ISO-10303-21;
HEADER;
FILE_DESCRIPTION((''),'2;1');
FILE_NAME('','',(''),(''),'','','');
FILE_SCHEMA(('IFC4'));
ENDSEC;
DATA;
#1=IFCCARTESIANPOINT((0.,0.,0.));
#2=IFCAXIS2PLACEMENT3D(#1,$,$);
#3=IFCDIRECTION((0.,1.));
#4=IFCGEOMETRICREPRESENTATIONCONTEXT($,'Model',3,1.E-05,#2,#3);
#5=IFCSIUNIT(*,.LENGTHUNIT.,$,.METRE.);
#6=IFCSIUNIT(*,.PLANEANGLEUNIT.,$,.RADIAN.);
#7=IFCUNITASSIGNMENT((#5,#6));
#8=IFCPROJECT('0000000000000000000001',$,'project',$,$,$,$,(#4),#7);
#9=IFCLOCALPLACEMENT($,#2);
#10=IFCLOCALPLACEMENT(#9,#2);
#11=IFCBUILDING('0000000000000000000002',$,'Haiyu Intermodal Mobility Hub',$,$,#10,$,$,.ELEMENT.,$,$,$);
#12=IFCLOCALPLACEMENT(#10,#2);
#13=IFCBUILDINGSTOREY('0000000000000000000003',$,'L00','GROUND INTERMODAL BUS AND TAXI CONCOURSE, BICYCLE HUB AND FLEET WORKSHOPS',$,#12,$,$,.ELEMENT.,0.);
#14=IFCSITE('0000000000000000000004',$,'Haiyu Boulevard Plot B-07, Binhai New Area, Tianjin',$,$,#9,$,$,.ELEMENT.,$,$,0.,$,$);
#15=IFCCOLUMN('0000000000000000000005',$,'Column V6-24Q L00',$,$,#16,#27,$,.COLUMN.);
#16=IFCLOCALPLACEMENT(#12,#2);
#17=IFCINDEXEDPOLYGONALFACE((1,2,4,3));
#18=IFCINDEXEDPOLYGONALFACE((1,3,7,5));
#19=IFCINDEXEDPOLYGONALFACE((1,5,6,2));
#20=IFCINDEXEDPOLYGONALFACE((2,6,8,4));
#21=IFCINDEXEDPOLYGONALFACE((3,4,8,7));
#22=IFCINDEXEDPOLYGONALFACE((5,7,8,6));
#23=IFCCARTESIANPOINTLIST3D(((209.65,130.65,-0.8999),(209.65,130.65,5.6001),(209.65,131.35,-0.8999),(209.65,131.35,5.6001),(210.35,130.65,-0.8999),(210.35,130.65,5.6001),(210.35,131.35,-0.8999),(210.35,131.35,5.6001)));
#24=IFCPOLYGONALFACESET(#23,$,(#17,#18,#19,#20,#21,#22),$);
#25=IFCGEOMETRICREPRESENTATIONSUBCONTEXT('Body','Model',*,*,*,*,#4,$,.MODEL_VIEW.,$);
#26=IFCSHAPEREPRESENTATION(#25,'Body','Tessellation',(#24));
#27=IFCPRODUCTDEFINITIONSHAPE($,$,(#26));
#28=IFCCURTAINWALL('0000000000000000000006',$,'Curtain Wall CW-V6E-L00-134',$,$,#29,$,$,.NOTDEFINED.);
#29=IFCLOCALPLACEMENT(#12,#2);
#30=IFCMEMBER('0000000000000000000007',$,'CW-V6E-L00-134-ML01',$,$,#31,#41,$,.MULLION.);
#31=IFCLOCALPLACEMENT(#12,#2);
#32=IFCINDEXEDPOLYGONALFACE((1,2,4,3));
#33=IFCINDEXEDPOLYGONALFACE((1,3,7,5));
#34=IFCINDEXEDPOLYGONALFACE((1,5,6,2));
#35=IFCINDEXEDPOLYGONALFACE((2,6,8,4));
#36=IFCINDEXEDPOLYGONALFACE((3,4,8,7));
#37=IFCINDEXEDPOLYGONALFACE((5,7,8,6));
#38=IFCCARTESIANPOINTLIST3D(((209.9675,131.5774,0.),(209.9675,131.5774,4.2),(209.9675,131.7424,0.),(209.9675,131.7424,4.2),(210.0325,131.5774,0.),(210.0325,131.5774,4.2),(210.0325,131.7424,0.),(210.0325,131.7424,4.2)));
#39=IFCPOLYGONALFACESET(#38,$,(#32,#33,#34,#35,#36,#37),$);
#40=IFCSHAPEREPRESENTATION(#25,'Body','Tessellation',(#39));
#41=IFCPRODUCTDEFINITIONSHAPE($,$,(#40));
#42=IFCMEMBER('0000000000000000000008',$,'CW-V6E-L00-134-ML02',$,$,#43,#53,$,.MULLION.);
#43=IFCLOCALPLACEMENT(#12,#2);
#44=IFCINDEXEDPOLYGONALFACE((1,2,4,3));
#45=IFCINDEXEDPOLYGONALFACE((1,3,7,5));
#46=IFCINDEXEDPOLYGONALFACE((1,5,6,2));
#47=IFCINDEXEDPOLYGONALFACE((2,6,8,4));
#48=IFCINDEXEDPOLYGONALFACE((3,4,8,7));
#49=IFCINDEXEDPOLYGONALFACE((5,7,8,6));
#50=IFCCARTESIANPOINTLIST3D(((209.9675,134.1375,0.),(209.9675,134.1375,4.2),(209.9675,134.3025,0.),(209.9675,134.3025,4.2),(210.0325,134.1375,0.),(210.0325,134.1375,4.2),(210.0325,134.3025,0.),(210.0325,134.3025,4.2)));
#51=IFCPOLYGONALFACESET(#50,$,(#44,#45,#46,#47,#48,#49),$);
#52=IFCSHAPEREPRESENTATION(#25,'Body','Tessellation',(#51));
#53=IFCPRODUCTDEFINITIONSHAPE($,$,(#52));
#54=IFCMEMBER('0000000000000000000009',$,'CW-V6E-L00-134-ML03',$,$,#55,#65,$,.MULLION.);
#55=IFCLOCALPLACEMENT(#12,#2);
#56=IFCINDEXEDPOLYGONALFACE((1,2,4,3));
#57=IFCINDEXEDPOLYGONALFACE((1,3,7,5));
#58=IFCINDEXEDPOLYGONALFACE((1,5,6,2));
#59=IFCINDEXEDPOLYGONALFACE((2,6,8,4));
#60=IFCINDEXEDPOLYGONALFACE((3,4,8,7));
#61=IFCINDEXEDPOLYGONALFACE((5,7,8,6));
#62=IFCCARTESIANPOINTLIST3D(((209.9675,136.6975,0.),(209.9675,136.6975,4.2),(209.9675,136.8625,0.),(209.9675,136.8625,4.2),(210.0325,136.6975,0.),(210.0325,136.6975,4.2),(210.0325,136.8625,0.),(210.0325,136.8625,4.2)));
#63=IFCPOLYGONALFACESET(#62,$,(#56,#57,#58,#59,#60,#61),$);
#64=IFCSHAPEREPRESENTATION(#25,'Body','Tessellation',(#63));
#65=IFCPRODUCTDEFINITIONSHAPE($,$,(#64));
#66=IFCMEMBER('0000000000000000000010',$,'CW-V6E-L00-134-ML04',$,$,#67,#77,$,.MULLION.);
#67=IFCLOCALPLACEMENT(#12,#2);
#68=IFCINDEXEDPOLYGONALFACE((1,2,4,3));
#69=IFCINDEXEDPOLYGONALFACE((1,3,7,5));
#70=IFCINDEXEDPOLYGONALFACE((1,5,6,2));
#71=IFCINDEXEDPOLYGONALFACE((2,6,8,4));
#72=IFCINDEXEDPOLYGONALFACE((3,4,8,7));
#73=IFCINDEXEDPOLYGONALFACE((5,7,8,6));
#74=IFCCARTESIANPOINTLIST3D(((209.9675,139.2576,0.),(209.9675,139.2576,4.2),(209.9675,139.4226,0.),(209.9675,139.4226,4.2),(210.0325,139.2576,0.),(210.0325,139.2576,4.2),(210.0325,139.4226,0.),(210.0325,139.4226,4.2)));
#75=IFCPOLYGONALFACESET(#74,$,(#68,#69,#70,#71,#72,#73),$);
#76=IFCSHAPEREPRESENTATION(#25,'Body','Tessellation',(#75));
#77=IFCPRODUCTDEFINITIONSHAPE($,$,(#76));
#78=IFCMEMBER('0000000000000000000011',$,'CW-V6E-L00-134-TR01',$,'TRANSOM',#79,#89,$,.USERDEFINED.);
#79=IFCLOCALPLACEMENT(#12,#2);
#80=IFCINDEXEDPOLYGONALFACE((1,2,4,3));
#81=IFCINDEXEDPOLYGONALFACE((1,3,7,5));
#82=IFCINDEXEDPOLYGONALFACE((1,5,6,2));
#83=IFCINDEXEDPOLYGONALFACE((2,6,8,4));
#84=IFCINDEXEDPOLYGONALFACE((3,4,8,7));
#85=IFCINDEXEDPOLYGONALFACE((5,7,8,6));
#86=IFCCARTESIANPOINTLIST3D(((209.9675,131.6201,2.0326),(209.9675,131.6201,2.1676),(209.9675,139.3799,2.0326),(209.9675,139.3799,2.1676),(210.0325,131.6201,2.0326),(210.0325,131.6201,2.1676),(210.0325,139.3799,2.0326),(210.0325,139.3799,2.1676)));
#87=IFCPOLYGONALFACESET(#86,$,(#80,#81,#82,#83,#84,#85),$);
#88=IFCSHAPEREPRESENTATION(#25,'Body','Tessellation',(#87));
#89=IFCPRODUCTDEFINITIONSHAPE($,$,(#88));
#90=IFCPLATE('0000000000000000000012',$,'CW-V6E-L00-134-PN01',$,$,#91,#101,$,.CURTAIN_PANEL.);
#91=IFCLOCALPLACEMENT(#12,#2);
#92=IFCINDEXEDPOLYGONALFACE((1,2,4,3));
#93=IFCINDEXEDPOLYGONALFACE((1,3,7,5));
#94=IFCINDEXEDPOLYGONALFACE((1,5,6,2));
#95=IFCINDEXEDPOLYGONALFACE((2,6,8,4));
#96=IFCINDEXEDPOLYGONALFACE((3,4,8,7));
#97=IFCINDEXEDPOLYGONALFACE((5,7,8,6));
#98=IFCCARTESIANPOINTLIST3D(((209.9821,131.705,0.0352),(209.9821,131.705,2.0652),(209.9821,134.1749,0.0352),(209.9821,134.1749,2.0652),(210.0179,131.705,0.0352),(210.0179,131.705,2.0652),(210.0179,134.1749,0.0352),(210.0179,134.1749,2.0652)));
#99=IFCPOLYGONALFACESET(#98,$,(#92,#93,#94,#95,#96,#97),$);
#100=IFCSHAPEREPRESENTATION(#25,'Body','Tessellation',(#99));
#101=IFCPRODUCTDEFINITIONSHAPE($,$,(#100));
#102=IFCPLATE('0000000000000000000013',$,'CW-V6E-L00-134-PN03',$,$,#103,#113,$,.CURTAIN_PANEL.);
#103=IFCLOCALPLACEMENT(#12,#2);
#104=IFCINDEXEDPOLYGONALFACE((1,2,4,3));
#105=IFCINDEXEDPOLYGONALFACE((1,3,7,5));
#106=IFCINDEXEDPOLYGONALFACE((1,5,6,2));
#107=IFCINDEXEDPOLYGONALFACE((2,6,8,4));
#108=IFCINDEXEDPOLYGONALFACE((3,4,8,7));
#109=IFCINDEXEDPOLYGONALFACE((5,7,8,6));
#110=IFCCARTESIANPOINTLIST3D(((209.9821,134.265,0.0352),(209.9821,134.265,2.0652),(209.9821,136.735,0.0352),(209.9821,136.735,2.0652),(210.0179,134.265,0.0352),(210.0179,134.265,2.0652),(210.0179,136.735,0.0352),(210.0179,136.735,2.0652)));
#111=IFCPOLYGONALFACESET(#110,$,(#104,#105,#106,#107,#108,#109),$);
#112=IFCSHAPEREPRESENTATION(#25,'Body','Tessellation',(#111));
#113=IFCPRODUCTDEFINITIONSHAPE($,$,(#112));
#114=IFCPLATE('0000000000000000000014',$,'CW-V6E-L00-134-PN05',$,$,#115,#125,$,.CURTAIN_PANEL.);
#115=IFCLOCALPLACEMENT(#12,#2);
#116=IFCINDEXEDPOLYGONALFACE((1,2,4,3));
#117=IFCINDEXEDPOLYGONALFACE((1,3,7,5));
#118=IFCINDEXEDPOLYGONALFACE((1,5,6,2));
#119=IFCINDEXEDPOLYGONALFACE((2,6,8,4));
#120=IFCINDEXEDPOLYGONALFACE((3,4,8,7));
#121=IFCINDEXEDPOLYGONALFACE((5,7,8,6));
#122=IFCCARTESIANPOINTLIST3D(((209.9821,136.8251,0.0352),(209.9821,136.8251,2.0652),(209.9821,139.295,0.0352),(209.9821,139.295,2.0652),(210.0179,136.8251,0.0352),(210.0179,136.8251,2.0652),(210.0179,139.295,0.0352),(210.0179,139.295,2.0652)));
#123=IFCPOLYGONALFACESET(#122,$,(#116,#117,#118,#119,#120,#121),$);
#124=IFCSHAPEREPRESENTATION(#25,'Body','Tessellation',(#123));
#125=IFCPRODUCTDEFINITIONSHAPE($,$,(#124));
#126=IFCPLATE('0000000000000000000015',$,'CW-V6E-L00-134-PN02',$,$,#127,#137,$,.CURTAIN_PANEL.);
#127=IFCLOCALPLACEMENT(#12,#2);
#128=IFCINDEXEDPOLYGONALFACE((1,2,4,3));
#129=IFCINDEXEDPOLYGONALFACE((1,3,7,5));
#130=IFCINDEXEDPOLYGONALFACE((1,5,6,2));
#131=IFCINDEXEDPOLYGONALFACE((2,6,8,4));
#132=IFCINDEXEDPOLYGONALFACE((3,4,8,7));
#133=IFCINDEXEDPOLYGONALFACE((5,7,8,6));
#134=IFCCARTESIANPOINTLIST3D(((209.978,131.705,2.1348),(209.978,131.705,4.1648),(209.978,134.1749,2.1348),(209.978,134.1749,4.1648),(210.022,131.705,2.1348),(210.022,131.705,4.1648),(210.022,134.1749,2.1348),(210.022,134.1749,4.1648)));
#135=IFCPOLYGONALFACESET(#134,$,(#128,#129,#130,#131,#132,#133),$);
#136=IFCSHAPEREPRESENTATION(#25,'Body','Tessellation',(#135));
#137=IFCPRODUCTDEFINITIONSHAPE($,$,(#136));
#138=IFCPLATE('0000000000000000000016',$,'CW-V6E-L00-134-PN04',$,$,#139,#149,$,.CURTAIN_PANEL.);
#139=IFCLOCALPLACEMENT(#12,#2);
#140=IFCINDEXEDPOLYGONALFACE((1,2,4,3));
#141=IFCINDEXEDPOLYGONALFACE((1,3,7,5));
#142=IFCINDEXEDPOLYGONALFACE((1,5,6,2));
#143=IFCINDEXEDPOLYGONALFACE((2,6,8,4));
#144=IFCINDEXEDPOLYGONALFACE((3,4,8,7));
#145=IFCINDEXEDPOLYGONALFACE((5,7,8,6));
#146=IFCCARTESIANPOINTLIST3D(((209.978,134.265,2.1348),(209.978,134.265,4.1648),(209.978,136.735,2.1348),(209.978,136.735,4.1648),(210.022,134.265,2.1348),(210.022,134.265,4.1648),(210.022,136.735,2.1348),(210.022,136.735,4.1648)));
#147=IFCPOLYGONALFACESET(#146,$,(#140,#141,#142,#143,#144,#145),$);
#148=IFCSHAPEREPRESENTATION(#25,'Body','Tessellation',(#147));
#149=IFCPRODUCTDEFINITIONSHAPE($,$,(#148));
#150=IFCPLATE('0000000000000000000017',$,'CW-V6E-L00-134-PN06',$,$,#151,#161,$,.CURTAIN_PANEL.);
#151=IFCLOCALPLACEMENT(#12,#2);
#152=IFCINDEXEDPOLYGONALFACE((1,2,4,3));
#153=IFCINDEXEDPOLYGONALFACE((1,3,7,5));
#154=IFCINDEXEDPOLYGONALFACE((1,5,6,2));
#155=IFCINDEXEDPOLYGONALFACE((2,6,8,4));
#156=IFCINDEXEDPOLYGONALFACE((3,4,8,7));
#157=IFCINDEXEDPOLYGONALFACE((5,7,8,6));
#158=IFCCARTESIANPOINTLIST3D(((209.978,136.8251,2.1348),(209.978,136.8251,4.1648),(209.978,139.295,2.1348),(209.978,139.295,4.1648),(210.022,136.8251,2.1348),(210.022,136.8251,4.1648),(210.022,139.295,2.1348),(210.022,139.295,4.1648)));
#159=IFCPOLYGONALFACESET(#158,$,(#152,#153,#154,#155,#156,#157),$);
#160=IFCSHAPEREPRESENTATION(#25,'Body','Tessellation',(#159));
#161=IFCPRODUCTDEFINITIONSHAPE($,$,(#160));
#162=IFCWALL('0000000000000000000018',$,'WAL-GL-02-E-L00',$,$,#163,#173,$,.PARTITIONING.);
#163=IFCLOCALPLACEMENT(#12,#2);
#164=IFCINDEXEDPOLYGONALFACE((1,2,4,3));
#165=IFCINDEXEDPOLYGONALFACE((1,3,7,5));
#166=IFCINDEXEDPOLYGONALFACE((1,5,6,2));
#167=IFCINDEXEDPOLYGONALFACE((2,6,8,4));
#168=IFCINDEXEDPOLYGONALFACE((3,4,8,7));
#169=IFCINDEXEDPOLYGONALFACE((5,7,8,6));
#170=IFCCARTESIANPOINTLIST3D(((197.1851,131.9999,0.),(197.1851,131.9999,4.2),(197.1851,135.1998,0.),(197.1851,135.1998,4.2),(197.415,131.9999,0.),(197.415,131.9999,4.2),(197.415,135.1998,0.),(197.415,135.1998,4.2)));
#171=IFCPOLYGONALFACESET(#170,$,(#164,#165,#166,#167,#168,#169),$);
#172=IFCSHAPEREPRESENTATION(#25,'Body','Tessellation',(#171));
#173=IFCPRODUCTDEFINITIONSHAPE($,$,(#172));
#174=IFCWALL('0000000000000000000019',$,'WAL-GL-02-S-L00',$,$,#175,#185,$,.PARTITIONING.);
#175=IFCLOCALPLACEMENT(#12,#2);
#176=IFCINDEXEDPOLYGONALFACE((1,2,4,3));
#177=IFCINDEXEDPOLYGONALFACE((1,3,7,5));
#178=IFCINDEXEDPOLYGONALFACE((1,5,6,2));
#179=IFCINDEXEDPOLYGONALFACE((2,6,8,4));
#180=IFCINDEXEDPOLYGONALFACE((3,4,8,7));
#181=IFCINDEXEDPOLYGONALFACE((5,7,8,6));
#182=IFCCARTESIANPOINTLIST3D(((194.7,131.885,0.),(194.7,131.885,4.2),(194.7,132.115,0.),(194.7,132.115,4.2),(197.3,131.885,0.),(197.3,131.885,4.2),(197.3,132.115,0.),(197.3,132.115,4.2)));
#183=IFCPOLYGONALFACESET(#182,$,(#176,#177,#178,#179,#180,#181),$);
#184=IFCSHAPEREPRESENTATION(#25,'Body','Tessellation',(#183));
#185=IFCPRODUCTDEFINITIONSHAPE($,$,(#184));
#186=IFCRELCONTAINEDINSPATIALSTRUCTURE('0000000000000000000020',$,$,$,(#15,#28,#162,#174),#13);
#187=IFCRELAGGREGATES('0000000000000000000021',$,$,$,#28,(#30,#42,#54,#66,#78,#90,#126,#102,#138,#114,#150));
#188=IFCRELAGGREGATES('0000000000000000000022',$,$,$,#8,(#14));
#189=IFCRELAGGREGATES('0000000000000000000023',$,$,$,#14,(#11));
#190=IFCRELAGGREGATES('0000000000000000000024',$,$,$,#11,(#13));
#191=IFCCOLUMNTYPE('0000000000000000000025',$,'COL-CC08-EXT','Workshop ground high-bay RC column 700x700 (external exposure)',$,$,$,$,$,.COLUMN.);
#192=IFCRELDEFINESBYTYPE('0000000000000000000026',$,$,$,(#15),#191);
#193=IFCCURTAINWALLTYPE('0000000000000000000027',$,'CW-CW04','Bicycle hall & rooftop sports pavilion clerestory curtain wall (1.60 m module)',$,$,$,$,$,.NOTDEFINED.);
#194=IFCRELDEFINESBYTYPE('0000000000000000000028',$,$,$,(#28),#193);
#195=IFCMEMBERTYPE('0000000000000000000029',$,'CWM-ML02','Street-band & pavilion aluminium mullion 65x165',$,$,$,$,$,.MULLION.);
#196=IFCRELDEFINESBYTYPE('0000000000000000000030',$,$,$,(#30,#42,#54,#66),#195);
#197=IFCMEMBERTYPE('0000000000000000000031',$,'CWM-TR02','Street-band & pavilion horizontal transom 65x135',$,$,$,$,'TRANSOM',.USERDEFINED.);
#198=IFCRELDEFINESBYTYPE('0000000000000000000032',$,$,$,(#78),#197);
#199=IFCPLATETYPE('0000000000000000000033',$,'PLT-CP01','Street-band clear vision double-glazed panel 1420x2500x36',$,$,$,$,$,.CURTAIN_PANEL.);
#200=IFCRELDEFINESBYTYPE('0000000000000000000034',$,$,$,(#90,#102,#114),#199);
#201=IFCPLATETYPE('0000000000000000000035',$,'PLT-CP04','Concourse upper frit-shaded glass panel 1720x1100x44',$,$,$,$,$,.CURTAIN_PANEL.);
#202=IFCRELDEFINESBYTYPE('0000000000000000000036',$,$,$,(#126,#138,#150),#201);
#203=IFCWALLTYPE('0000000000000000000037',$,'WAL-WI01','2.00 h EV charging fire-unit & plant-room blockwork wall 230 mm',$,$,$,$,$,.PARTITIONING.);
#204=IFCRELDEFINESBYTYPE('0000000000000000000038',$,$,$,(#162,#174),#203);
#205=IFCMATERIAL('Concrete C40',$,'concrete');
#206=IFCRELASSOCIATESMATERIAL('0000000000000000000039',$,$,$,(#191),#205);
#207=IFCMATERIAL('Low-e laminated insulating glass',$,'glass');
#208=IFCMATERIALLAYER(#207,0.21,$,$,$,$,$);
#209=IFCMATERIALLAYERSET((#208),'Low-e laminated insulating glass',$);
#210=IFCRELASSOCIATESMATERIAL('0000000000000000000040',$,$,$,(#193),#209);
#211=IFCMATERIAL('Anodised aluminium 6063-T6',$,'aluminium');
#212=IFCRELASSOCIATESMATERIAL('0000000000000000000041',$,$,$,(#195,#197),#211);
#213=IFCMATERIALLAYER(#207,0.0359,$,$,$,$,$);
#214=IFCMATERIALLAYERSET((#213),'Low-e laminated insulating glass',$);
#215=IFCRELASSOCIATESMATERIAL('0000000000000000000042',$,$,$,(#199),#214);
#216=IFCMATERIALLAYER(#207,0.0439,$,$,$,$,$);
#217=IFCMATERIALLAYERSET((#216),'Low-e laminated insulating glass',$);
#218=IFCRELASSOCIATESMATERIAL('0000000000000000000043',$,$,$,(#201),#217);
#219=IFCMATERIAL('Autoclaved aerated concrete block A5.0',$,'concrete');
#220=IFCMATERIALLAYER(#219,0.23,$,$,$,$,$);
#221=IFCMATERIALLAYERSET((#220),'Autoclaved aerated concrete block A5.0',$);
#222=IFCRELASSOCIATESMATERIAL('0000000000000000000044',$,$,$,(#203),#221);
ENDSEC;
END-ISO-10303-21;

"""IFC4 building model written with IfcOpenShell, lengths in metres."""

from ifc_helpers import new_model, si_unit, direction, frame, frame_2d, origin, origin_2d, place, context, subcontext, project, spatial, rectangle, extrude, material, layer, layer_set, material_profile, profile_set, type_object, element, aggregate, save


model = new_model("IFC4")

# Units and contexts
model_context = context("Model", 3, precision=1e-05, world=origin(), true_north=direction((0.0, 1.0)))
body_context = subcontext(model_context, "Body", "Model", "MODEL_VIEW")
ifc_project = project(units=[si_unit("LENGTHUNIT", "METRE"), si_unit("PLANEANGLEUNIT", "RADIAN")], contexts=[model_context])

# Site, building, storey
site_placement = place(None, origin())
site = spatial("IfcSite", under=ifc_project, at=site_placement, Name="Haiyu Boulevard Plot B-07, Binhai New Area, Tianjin", CompositionType="ELEMENT", RefElevation=0.0)
building_placement = place(site_placement, origin())
building = spatial("IfcBuilding", under=site, at=building_placement, Name="Haiyu Intermodal Mobility Hub", CompositionType="ELEMENT")
storey_placement = place(building_placement, origin())
storey = spatial("IfcBuildingStorey", under=building, at=storey_placement, Name="L00", Description="GROUND INTERMODAL BUS AND TAXI CONCOURSE, BICYCLE HUB AND FLEET WORKSHOPS", CompositionType="ELEMENT", Elevation=0.0)

# Shared definitions
ifc_material_1 = material(Name="Concrete C40", Category="concrete")

# Column
ifc_material_profile_1 = material_profile(ifc_material_1, rectangle(XDim=0.7, YDim=0.7, at=origin_2d()), Name="RC700x700")
ifc_profile_set_1 = profile_set([ifc_material_profile_1], Name="Concrete C40")
column_type_1 = type_object("IfcColumnType", Name="COL-CC08-EXT", Description="Workshop ground high-bay RC column 700x700 (external exposure)", PredefinedType="COLUMN", material=ifc_profile_set_1)
column_1_placement = place(storey_placement, frame((210.0, 131.0, -0.8999), z_axis=(0.0, 0.0, 1.0), x_axis=(1.0, 0.0, 0.0)))
element("IfcColumn", 1, at=column_1_placement, inside=storey, type_object=column_type_1, Name="Column V6-24Q L00", PredefinedType="COLUMN", context=body_context, shape_type="SweptSolid", body=[
    extrude(rectangle(XDim=0.7, YDim=0.7, at=origin_2d()), origin(), (0.0, 0.0, 1.0), 6.5),
])

# Curtain wall, members, plates
ifc_material_2 = material(Name="Low-e laminated insulating glass", Category="glass")
ifc_layer_1 = layer(ifc_material_2, 0.21)
ifc_layer_set_1 = layer_set([ifc_layer_1], Name="Low-e laminated insulating glass")
curtain_wall_type = type_object("IfcCurtainWallType", Name="CW-CW04", Description="Bicycle hall & rooftop sports pavilion clerestory curtain wall (1.60 m module)", PredefinedType="NOTDEFINED", material=ifc_layer_set_1)
curtain_wall_placement = place(storey_placement, origin())
curtain_wall = element("IfcCurtainWall", 2, at=curtain_wall_placement, inside=storey, type_object=curtain_wall_type, Name="Curtain Wall CW-V6E-L00-134", PredefinedType="NOTDEFINED")
ifc_material_3 = material(Name="Anodised aluminium 6063-T6", Category="aluminium")
ifc_material_profile_2 = material_profile(ifc_material_3, rectangle(XDim=0.0649, YDim=0.165, at=origin_2d()), Name="ALU65x165")
ifc_profile_set_2 = profile_set([ifc_material_profile_2], Name="Anodised aluminium 6063-T6")
member_type_1 = type_object("IfcMemberType", Name="CWM-ML02", Description="Street-band & pavilion aluminium mullion 65x165", PredefinedType="MULLION", material=ifc_profile_set_2)
member_1_placement = place(storey_placement, frame((210.0, 131.6599, 0.0), z_axis=(0.0, 0.0, 1.0), x_axis=(1.0, 0.0, 0.0)))
member_1 = element("IfcMember", 3, at=member_1_placement, type_object=member_type_1, Name="CW-V6E-L00-134-ML01", PredefinedType="MULLION", context=body_context, shape_type="SweptSolid", body=[
    extrude(rectangle(XDim=0.0649, YDim=0.165, at=origin_2d()), origin(), (0.0, 0.0, 1.0), 4.2),
])
member_2_placement = place(storey_placement, frame((210.0, 134.22, 0.0), z_axis=(0.0, 0.0, 1.0), x_axis=(1.0, 0.0, 0.0)))
member_2 = element("IfcMember", 4, at=member_2_placement, type_object=member_type_1, Name="CW-V6E-L00-134-ML02", PredefinedType="MULLION", context=body_context, shape_type="SweptSolid", body=[
    extrude(rectangle(XDim=0.0649, YDim=0.165, at=origin_2d()), origin(), (0.0, 0.0, 1.0), 4.2),
])
member_3_placement = place(storey_placement, frame((210.0, 136.78, 0.0), z_axis=(0.0, 0.0, 1.0), x_axis=(1.0, 0.0, 0.0)))
member_3 = element("IfcMember", 5, at=member_3_placement, type_object=member_type_1, Name="CW-V6E-L00-134-ML03", PredefinedType="MULLION", context=body_context, shape_type="SweptSolid", body=[
    extrude(rectangle(XDim=0.0649, YDim=0.165, at=origin_2d()), origin(), (0.0, 0.0, 1.0), 4.2),
])
member_4_placement = place(storey_placement, frame((210.0, 139.3401, 0.0), z_axis=(0.0, 0.0, 1.0), x_axis=(1.0, 0.0, 0.0)))
member_4 = element("IfcMember", 6, at=member_4_placement, type_object=member_type_1, Name="CW-V6E-L00-134-ML04", PredefinedType="MULLION", context=body_context, shape_type="SweptSolid", body=[
    extrude(rectangle(XDim=0.0649, YDim=0.165, at=origin_2d()), origin(), (0.0, 0.0, 1.0), 4.2),
])
ifc_material_profile_3 = material_profile(ifc_material_3, rectangle(XDim=0.0649, YDim=0.135, at=origin_2d()), Name="ALU65x135")
ifc_profile_set_3 = profile_set([ifc_material_profile_3], Name="Anodised aluminium 6063-T6")
member_type_2 = type_object("IfcMemberType", Name="CWM-TR02", Description="Street-band & pavilion horizontal transom 65x135", ElementType="TRANSOM", PredefinedType="USERDEFINED", material=ifc_profile_set_3)
member_5_placement = place(storey_placement, frame((210.0, 131.6201, 2.1001), z_axis=(0.0, 1.0, 0.0), x_axis=(-1.0, 0.0, 0.0)))
member_5 = element("IfcMember", 7, at=member_5_placement, type_object=member_type_2, Name="CW-V6E-L00-134-TR01", ObjectType="TRANSOM", PredefinedType="USERDEFINED", context=body_context, shape_type="SweptSolid", body=[
    extrude(rectangle(XDim=0.0649, YDim=0.135, at=origin_2d()), origin(), (0.0, 0.0, 1.0), 7.7598),
])
ifc_layer_2 = layer(ifc_material_2, 0.0359)
ifc_layer_set_2 = layer_set([ifc_layer_2], Name="Low-e laminated insulating glass")
plate_type_1 = type_object("IfcPlateType", Name="PLT-CP01", Description="Street-band clear vision double-glazed panel 1420x2500x36", PredefinedType="CURTAIN_PANEL", material=ifc_layer_set_2)
plate_1_placement = place(storey_placement, frame((210.0, 132.9399, 0.0352), z_axis=(0.0, 0.0, 1.0), x_axis=(0.0, 1.0, 0.0)))
plate_1 = element("IfcPlate", 8, at=plate_1_placement, type_object=plate_type_1, Name="CW-V6E-L00-134-PN01", PredefinedType="CURTAIN_PANEL", context=body_context, shape_type="SweptSolid", body=[
    extrude(rectangle(XDim=2.47, YDim=0.0359, at=origin_2d()), origin(), (0.0, 0.0, 1.0), 2.03),
])
plate_2_placement = place(storey_placement, frame((210.0, 135.5, 0.0352), z_axis=(0.0, 0.0, 1.0), x_axis=(0.0, 1.0, 0.0)))
plate_2 = element("IfcPlate", 9, at=plate_2_placement, type_object=plate_type_1, Name="CW-V6E-L00-134-PN03", PredefinedType="CURTAIN_PANEL", context=body_context, shape_type="SweptSolid", body=[
    extrude(rectangle(XDim=2.47, YDim=0.0359, at=origin_2d()), origin(), (0.0, 0.0, 1.0), 2.03),
])
plate_3_placement = place(storey_placement, frame((210.0, 138.0601, 0.0352), z_axis=(0.0, 0.0, 1.0), x_axis=(0.0, 1.0, 0.0)))
plate_3 = element("IfcPlate", 10, at=plate_3_placement, type_object=plate_type_1, Name="CW-V6E-L00-134-PN05", PredefinedType="CURTAIN_PANEL", context=body_context, shape_type="SweptSolid", body=[
    extrude(rectangle(XDim=2.47, YDim=0.0359, at=origin_2d()), origin(), (0.0, 0.0, 1.0), 2.03),
])
ifc_layer_3 = layer(ifc_material_2, 0.0439)
ifc_layer_set_3 = layer_set([ifc_layer_3], Name="Low-e laminated insulating glass")
plate_type_2 = type_object("IfcPlateType", Name="PLT-CP04", Description="Concourse upper frit-shaded glass panel 1720x1100x44", PredefinedType="CURTAIN_PANEL", material=ifc_layer_set_3)
plate_4_placement = place(storey_placement, frame((210.0, 132.9399, 2.1348), z_axis=(0.0, 0.0, 1.0), x_axis=(0.0, 1.0, 0.0)))
plate_4 = element("IfcPlate", 11, at=plate_4_placement, type_object=plate_type_2, Name="CW-V6E-L00-134-PN02", PredefinedType="CURTAIN_PANEL", context=body_context, shape_type="SweptSolid", body=[
    extrude(rectangle(XDim=2.47, YDim=0.0439, at=origin_2d()), origin(), (0.0, 0.0, 1.0), 2.03),
])
plate_5_placement = place(storey_placement, frame((210.0, 135.5, 2.1348), z_axis=(0.0, 0.0, 1.0), x_axis=(0.0, 1.0, 0.0)))
plate_5 = element("IfcPlate", 12, at=plate_5_placement, type_object=plate_type_2, Name="CW-V6E-L00-134-PN04", PredefinedType="CURTAIN_PANEL", context=body_context, shape_type="SweptSolid", body=[
    extrude(rectangle(XDim=2.47, YDim=0.0439, at=origin_2d()), origin(), (0.0, 0.0, 1.0), 2.03),
])
plate_6_placement = place(storey_placement, frame((210.0, 138.0601, 2.1348), z_axis=(0.0, 0.0, 1.0), x_axis=(0.0, 1.0, 0.0)))
plate_6 = element("IfcPlate", 13, at=plate_6_placement, type_object=plate_type_2, Name="CW-V6E-L00-134-PN06", PredefinedType="CURTAIN_PANEL", context=body_context, shape_type="SweptSolid", body=[
    extrude(rectangle(XDim=2.47, YDim=0.0439, at=origin_2d()), origin(), (0.0, 0.0, 1.0), 2.03),
])
aggregate(curtain_wall, [member_1, member_2, member_3, member_4, member_5, plate_1, plate_4, plate_2, plate_5, plate_3, plate_6])

# Walls
ifc_material_4 = material(Name="Autoclaved aerated concrete block A5.0", Category="concrete")
ifc_layer_4 = layer(ifc_material_4, 0.23)
ifc_layer_set_4 = layer_set([ifc_layer_4], Name="Autoclaved aerated concrete block A5.0")
wall_type = type_object("IfcWallType", Name="WAL-WI01", Description="2.00 h EV charging fire-unit & plant-room blockwork wall 230 mm", PredefinedType="PARTITIONING", material=ifc_layer_set_4)
wall_1_placement = place(storey_placement, frame((197.3, 135.2, 0.0), z_axis=(0.0, 0.0, 1.0), x_axis=(0.0, -1.0, 0.0)))
element("IfcWall", 14, at=wall_1_placement, inside=storey, type_object=wall_type, Name="WAL-GL-02-E-L00", PredefinedType="PARTITIONING", context=body_context, shape_type="SweptSolid", body=[
    extrude(rectangle(XDim=3.2, YDim=0.23, at=frame_2d((1.6001, 0.0))), origin(), (0.0, 0.0, 1.0), 4.2),
])
wall_2_placement = place(storey_placement, frame((197.3, 132.0, 0.0), z_axis=(0.0, 0.0, 1.0), x_axis=(-1.0, 0.0, 0.0)))
element("IfcWall", 15, at=wall_2_placement, inside=storey, type_object=wall_type, Name="WAL-GL-02-S-L00", PredefinedType="PARTITIONING", context=body_context, shape_type="SweptSolid", body=[
    extrude(rectangle(XDim=2.6001, YDim=0.23, at=frame_2d((1.3, 0.0))), origin(), (0.0, 0.0, 1.0), 4.2),
])

save(model, "model.ifc")
